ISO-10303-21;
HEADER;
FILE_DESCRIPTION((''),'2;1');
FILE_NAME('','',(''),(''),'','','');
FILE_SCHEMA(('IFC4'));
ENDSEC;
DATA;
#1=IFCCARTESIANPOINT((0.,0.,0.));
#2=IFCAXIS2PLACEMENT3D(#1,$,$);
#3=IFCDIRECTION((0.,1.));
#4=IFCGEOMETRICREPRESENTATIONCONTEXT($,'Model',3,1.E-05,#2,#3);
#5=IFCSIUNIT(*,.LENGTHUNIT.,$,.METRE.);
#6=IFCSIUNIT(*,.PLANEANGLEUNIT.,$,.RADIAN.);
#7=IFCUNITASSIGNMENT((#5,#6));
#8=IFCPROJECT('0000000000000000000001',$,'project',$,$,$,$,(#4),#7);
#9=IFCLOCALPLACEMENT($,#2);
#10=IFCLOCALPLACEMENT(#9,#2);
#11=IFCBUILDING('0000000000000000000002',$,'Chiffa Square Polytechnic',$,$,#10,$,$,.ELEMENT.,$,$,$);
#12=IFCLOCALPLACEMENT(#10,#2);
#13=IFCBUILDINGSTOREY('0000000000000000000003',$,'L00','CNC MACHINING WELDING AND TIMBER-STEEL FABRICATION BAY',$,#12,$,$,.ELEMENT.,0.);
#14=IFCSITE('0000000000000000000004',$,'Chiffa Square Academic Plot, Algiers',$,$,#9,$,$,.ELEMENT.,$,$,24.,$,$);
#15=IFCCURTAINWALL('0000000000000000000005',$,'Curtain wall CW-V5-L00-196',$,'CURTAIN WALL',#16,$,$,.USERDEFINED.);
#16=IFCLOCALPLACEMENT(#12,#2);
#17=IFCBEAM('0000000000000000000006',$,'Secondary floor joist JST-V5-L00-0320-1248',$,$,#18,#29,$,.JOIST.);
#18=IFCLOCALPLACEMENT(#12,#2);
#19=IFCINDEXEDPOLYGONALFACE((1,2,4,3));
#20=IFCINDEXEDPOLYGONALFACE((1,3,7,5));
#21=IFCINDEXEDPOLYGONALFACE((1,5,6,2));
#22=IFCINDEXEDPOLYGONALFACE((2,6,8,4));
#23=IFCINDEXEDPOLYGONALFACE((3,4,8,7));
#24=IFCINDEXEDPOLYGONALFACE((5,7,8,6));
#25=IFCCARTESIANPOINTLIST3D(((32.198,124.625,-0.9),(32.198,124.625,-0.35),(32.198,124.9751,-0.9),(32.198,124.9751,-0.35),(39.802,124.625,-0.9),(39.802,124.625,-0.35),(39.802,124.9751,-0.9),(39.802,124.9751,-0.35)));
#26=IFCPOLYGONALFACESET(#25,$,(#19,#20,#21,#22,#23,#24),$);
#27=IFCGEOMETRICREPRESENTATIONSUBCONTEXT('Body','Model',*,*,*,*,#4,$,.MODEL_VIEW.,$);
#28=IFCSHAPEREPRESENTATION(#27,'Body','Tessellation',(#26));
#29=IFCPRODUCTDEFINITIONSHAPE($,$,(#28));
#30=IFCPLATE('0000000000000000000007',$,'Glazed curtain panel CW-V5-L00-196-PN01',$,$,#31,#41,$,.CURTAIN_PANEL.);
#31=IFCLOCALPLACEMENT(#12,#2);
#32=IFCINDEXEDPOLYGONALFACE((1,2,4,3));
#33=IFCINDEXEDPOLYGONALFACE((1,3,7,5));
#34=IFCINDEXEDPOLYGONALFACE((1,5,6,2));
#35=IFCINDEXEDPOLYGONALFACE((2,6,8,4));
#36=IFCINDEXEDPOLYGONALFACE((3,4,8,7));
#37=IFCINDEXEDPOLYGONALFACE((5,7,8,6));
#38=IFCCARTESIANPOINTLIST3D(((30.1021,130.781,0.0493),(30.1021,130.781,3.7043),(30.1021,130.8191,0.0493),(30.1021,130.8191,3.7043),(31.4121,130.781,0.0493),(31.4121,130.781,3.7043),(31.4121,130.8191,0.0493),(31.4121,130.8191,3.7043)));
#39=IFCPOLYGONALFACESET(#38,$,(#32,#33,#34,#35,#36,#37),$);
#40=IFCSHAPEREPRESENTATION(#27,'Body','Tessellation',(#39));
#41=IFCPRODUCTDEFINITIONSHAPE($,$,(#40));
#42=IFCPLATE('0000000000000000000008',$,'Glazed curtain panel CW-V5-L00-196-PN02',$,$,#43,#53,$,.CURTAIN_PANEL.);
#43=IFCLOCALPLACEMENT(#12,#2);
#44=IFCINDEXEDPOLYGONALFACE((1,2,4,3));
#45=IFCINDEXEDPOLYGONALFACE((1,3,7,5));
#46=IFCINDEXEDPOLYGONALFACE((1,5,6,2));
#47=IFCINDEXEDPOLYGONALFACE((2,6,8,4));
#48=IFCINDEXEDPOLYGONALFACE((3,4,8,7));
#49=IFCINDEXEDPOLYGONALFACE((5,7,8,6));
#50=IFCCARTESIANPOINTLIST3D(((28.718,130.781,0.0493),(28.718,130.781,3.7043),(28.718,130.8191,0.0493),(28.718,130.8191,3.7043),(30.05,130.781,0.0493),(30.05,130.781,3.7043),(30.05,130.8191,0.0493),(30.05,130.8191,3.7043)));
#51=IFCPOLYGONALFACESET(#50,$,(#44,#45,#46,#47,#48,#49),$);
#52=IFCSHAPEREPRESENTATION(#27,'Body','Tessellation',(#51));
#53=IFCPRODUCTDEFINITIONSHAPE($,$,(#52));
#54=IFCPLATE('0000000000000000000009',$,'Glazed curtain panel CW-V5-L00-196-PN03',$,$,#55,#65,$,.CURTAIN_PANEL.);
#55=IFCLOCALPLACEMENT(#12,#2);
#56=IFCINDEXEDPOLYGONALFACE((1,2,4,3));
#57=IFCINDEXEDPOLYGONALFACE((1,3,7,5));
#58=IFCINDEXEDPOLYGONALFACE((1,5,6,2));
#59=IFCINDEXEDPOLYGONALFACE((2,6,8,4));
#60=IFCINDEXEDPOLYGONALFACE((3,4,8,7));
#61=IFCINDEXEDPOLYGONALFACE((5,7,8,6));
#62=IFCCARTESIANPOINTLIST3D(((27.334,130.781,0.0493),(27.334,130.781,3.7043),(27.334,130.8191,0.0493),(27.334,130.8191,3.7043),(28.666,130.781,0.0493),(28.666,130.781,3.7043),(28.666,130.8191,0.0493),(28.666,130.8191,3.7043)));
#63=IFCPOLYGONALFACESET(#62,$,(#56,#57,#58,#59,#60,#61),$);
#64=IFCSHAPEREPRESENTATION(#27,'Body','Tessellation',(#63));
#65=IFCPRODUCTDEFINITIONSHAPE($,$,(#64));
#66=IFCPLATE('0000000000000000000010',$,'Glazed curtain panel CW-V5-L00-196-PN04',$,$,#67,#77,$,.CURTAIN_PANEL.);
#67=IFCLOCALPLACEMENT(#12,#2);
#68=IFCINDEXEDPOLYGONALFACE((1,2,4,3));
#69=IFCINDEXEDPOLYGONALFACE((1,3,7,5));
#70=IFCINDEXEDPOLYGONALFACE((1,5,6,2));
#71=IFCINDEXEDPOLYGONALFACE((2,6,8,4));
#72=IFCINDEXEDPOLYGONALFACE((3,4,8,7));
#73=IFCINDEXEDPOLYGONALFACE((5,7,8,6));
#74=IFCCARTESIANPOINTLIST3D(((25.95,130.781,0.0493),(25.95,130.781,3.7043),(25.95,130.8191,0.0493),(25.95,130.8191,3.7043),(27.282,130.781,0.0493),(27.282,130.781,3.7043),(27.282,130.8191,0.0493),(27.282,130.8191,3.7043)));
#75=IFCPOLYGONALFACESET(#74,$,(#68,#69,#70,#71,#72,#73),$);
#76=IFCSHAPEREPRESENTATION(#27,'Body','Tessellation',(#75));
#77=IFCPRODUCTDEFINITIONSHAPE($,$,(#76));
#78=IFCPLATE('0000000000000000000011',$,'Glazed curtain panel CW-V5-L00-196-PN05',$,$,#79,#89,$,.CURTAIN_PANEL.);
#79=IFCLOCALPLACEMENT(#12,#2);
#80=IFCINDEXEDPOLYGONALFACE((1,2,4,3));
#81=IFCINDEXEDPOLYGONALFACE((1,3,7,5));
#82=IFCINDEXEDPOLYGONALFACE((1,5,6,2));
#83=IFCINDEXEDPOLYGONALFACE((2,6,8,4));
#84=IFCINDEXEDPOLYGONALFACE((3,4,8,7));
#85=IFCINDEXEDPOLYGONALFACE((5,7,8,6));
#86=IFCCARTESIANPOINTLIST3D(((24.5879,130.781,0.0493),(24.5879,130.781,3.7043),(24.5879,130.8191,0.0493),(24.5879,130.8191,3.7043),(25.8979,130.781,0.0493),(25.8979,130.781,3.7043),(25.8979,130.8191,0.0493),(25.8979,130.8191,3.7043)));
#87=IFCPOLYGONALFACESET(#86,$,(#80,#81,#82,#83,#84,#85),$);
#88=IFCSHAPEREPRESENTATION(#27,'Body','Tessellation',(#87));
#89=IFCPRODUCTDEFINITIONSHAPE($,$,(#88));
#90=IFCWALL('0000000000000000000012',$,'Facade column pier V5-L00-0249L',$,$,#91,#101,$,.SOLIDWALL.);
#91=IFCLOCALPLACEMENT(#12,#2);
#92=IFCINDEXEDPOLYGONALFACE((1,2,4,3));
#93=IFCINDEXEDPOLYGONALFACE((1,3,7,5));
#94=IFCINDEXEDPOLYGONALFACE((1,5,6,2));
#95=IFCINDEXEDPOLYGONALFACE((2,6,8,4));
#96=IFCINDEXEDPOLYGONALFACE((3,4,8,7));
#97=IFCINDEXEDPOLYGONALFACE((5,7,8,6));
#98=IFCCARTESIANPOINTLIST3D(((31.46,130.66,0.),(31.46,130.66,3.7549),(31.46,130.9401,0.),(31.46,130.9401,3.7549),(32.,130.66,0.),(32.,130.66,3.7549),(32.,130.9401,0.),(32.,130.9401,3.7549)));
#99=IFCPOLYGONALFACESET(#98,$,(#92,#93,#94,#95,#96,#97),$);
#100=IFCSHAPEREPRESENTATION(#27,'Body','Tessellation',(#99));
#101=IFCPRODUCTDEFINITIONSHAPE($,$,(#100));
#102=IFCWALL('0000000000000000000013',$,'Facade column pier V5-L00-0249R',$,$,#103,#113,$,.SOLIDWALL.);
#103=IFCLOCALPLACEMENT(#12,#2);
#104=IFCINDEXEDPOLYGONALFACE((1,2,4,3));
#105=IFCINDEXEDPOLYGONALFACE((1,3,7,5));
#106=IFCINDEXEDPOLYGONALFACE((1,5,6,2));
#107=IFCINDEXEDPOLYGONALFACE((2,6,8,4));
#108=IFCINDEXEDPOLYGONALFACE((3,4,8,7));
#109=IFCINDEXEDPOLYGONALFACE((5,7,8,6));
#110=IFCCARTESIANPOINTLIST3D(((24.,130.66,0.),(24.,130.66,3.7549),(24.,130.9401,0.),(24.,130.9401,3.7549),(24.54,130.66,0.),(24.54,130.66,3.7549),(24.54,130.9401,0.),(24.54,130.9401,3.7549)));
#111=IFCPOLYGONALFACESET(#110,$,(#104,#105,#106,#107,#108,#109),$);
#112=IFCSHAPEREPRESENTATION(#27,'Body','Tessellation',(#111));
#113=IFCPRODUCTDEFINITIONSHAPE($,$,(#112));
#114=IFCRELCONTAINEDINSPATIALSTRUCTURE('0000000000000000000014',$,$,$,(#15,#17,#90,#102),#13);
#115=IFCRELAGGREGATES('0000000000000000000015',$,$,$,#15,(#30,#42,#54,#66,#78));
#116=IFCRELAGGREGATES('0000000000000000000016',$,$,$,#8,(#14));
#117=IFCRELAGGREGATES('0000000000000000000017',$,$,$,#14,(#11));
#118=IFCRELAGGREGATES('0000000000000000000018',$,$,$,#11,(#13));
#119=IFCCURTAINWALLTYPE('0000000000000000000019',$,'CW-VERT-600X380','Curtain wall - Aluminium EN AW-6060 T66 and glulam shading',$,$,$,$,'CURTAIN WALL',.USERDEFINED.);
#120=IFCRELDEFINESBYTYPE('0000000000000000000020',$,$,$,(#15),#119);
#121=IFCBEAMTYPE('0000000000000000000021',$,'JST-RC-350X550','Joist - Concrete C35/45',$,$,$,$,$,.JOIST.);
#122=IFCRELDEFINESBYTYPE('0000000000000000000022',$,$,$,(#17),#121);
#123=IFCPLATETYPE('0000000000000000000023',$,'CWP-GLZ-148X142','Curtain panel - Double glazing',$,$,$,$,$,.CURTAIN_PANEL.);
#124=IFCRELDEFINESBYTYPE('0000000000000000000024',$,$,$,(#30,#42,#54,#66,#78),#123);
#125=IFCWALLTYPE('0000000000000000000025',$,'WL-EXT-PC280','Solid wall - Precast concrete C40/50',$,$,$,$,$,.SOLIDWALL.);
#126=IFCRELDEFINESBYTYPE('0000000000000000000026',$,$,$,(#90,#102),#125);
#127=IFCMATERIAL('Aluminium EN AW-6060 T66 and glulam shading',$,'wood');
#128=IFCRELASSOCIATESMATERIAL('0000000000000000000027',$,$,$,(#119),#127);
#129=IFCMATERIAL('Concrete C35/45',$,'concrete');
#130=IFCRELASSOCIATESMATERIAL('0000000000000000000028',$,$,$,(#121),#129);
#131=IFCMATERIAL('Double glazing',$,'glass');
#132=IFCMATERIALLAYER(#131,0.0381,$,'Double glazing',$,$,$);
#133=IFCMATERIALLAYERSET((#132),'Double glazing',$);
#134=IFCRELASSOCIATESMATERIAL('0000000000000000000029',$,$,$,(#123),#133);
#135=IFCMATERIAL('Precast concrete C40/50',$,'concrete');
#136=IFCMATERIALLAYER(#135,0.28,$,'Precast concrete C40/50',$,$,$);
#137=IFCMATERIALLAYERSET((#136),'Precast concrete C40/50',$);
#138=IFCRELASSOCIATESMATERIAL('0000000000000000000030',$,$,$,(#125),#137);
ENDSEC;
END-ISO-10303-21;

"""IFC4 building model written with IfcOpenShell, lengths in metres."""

from ifc_helpers import new_model, si_unit, direction, frame, frame_2d, origin, origin_2d, place, context, subcontext, project, spatial, rectangle, extrude, material, layer, layer_set, material_profile, profile_set, type_object, element, aggregate, save


model = new_model("IFC4")

# Units and contexts
model_context = context("Model", 3, precision=1e-05, world=origin(), true_north=direction((0.0, 1.0)))
body_context = subcontext(model_context, "Body", "Model", "MODEL_VIEW")
ifc_project = project(units=[si_unit("LENGTHUNIT", "METRE"), si_unit("PLANEANGLEUNIT", "RADIAN")], contexts=[model_context])

# Site, building, storey
site_placement = place(None, origin())
site = spatial("IfcSite", under=ifc_project, at=site_placement, Name="Chiffa Square Academic Plot, Algiers", CompositionType="ELEMENT", RefElevation=24.0)
building_placement = place(site_placement, origin())
building = spatial("IfcBuilding", under=site, at=building_placement, Name="Chiffa Square Polytechnic", CompositionType="ELEMENT")
storey_placement = place(building_placement, origin())
storey = spatial("IfcBuildingStorey", under=building, at=storey_placement, Name="L00", Description="CNC MACHINING WELDING AND TIMBER-STEEL FABRICATION BAY", CompositionType="ELEMENT", Elevation=0.0)

# Shared definitions
ifc_material_1 = material(Name="Concrete C35/45", Category="concrete")

# Curtain wall
ifc_material_2 = material(Name="Aluminium EN AW-6060 T66 and glulam shading", Category="wood")
curtain_wall_type = type_object("IfcCurtainWallType", Name="CW-VERT-600X380", Description="Curtain wall - Aluminium EN AW-6060 T66 and glulam shading", ElementType="CURTAIN WALL", PredefinedType="USERDEFINED", material=ifc_material_2)
curtain_wall_placement = place(storey_placement, origin())
curtain_wall = element("IfcCurtainWall", 1, at=curtain_wall_placement, inside=storey, type_object=curtain_wall_type, Name="Curtain wall CW-V5-L00-196", ObjectType="CURTAIN WALL", PredefinedType="USERDEFINED")

# Beam
ifc_material_profile_1 = material_profile(ifc_material_1, rectangle(XDim=0.3501, YDim=0.55, at=origin_2d()), Name="RC 350x550")
ifc_profile_set_1 = profile_set([ifc_material_profile_1], Name="Concrete C35/45")
beam_type_1 = type_object("IfcBeamType", Name="JST-RC-350X550", Description="Joist - Concrete C35/45", PredefinedType="JOIST", material=ifc_profile_set_1)
for number, where, z_axis, x_axis, name in (
    (2, (32.198, 124.8, -0.625), (1.0, 0.0, 0.0), (0.0, 1.0, 0.0), "Secondary floor joist JST-V5-L00-0320-1248"),
):
    element("IfcBeam", number, at=place(storey_placement, frame(where, z_axis=z_axis, x_axis=x_axis)), inside=storey, type_object=beam_type_1, Name=name, PredefinedType="JOIST", context=body_context, shape_type="SweptSolid", body=[
        extrude(rectangle(XDim=0.3501, YDim=0.55, at=origin_2d()), origin(), (0.0, 0.0, 1.0), 7.604),
    ])

# Plates
ifc_material_3 = material(Name="Double glazing", Category="glass")
ifc_layer_1 = layer(ifc_material_3, 0.0381, Name="Double glazing")
ifc_layer_set_1 = layer_set([ifc_layer_1], Name="Double glazing")
plate_type = type_object("IfcPlateType", Name="CWP-GLZ-148X142", Description="Curtain panel - Double glazing", PredefinedType="CURTAIN_PANEL", material=ifc_layer_set_1)
plate_1_placement = place(storey_placement, frame((30.7571, 130.8, 0.0493), z_axis=(0.0, 0.0, 1.0), x_axis=(-1.0, 0.0, 0.0)))
plate_1 = element("IfcPlate", 3, at=plate_1_placement, type_object=plate_type, Name="Glazed curtain panel CW-V5-L00-196-PN01", PredefinedType="CURTAIN_PANEL", context=body_context, shape_type="SweptSolid", body=[
    extrude(rectangle(XDim=1.3101, YDim=0.0381, at=origin_2d()), origin(), (0.0, 0.0, 1.0), 3.655),
])
plate_2_placement = place(storey_placement, frame((29.384, 130.8, 0.0493), z_axis=(0.0, 0.0, 1.0), x_axis=(-1.0, 0.0, 0.0)))
plate_2 = element("IfcPlate", 4, at=plate_2_placement, type_object=plate_type, Name="Glazed curtain panel CW-V5-L00-196-PN02", PredefinedType="CURTAIN_PANEL", context=body_context, shape_type="SweptSolid", body=[
    extrude(rectangle(XDim=1.332, YDim=0.0381, at=origin_2d()), origin(), (0.0, 0.0, 1.0), 3.655),
])
plate_3_placement = place(storey_placement, frame((28.0, 130.8, 0.0493), z_axis=(0.0, 0.0, 1.0), x_axis=(-1.0, 0.0, 0.0)))
plate_3 = element("IfcPlate", 5, at=plate_3_placement, type_object=plate_type, Name="Glazed curtain panel CW-V5-L00-196-PN03", PredefinedType="CURTAIN_PANEL", context=body_context, shape_type="SweptSolid", body=[
    extrude(rectangle(XDim=1.332, YDim=0.0381, at=origin_2d()), origin(), (0.0, 0.0, 1.0), 3.655),
])
plate_4_placement = place(storey_placement, frame((26.616, 130.8, 0.0493), z_axis=(0.0, 0.0, 1.0), x_axis=(-1.0, 0.0, 0.0)))
plate_4 = element("IfcPlate", 6, at=plate_4_placement, type_object=plate_type, Name="Glazed curtain panel CW-V5-L00-196-PN04", PredefinedType="CURTAIN_PANEL", context=body_context, shape_type="SweptSolid", body=[
    extrude(rectangle(XDim=1.332, YDim=0.0381, at=origin_2d()), origin(), (0.0, 0.0, 1.0), 3.655),
])
plate_5_placement = place(storey_placement, frame((25.2429, 130.8, 0.0493), z_axis=(0.0, 0.0, 1.0), x_axis=(-1.0, 0.0, 0.0)))
plate_5 = element("IfcPlate", 7, at=plate_5_placement, type_object=plate_type, Name="Glazed curtain panel CW-V5-L00-196-PN05", PredefinedType="CURTAIN_PANEL", context=body_context, shape_type="SweptSolid", body=[
    extrude(rectangle(XDim=1.3101, YDim=0.0381, at=origin_2d()), origin(), (0.0, 0.0, 1.0), 3.655),
])
aggregate(curtain_wall, [plate_1, plate_2, plate_3, plate_4, plate_5])

# Walls
ifc_material_4 = material(Name="Precast concrete C40/50", Category="concrete")
ifc_layer_2 = layer(ifc_material_4, 0.28, Name="Precast concrete C40/50")
ifc_layer_set_2 = layer_set([ifc_layer_2], Name="Precast concrete C40/50")
wall_type_1 = type_object("IfcWallType", Name="WL-EXT-PC280", Description="Solid wall - Precast concrete C40/50", PredefinedType="SOLIDWALL", material=ifc_layer_set_2)
for number, where, z_axis, x_axis, name in (
    (8, (32.0, 130.8, 0.0), (0.0, 0.0, 1.0), (-1.0, 0.0, 0.0), "Facade column pier V5-L00-0249L"),
    (9, (24.54, 130.8, 0.0), (0.0, 0.0, 1.0), (-1.0, 0.0, 0.0), "Facade column pier V5-L00-0249R"),
):
    element("IfcWall", number, at=place(storey_placement, frame(where, z_axis=z_axis, x_axis=x_axis)), inside=storey, type_object=wall_type_1, Name=name, PredefinedType="SOLIDWALL", context=body_context, shape_type="SweptSolid", body=[
        extrude(rectangle(XDim=0.54, YDim=0.28, at=frame_2d((0.27, 0.0))), origin(), (0.0, 0.0, 1.0), 3.7549),
    ])

save(model, "model.ifc")
